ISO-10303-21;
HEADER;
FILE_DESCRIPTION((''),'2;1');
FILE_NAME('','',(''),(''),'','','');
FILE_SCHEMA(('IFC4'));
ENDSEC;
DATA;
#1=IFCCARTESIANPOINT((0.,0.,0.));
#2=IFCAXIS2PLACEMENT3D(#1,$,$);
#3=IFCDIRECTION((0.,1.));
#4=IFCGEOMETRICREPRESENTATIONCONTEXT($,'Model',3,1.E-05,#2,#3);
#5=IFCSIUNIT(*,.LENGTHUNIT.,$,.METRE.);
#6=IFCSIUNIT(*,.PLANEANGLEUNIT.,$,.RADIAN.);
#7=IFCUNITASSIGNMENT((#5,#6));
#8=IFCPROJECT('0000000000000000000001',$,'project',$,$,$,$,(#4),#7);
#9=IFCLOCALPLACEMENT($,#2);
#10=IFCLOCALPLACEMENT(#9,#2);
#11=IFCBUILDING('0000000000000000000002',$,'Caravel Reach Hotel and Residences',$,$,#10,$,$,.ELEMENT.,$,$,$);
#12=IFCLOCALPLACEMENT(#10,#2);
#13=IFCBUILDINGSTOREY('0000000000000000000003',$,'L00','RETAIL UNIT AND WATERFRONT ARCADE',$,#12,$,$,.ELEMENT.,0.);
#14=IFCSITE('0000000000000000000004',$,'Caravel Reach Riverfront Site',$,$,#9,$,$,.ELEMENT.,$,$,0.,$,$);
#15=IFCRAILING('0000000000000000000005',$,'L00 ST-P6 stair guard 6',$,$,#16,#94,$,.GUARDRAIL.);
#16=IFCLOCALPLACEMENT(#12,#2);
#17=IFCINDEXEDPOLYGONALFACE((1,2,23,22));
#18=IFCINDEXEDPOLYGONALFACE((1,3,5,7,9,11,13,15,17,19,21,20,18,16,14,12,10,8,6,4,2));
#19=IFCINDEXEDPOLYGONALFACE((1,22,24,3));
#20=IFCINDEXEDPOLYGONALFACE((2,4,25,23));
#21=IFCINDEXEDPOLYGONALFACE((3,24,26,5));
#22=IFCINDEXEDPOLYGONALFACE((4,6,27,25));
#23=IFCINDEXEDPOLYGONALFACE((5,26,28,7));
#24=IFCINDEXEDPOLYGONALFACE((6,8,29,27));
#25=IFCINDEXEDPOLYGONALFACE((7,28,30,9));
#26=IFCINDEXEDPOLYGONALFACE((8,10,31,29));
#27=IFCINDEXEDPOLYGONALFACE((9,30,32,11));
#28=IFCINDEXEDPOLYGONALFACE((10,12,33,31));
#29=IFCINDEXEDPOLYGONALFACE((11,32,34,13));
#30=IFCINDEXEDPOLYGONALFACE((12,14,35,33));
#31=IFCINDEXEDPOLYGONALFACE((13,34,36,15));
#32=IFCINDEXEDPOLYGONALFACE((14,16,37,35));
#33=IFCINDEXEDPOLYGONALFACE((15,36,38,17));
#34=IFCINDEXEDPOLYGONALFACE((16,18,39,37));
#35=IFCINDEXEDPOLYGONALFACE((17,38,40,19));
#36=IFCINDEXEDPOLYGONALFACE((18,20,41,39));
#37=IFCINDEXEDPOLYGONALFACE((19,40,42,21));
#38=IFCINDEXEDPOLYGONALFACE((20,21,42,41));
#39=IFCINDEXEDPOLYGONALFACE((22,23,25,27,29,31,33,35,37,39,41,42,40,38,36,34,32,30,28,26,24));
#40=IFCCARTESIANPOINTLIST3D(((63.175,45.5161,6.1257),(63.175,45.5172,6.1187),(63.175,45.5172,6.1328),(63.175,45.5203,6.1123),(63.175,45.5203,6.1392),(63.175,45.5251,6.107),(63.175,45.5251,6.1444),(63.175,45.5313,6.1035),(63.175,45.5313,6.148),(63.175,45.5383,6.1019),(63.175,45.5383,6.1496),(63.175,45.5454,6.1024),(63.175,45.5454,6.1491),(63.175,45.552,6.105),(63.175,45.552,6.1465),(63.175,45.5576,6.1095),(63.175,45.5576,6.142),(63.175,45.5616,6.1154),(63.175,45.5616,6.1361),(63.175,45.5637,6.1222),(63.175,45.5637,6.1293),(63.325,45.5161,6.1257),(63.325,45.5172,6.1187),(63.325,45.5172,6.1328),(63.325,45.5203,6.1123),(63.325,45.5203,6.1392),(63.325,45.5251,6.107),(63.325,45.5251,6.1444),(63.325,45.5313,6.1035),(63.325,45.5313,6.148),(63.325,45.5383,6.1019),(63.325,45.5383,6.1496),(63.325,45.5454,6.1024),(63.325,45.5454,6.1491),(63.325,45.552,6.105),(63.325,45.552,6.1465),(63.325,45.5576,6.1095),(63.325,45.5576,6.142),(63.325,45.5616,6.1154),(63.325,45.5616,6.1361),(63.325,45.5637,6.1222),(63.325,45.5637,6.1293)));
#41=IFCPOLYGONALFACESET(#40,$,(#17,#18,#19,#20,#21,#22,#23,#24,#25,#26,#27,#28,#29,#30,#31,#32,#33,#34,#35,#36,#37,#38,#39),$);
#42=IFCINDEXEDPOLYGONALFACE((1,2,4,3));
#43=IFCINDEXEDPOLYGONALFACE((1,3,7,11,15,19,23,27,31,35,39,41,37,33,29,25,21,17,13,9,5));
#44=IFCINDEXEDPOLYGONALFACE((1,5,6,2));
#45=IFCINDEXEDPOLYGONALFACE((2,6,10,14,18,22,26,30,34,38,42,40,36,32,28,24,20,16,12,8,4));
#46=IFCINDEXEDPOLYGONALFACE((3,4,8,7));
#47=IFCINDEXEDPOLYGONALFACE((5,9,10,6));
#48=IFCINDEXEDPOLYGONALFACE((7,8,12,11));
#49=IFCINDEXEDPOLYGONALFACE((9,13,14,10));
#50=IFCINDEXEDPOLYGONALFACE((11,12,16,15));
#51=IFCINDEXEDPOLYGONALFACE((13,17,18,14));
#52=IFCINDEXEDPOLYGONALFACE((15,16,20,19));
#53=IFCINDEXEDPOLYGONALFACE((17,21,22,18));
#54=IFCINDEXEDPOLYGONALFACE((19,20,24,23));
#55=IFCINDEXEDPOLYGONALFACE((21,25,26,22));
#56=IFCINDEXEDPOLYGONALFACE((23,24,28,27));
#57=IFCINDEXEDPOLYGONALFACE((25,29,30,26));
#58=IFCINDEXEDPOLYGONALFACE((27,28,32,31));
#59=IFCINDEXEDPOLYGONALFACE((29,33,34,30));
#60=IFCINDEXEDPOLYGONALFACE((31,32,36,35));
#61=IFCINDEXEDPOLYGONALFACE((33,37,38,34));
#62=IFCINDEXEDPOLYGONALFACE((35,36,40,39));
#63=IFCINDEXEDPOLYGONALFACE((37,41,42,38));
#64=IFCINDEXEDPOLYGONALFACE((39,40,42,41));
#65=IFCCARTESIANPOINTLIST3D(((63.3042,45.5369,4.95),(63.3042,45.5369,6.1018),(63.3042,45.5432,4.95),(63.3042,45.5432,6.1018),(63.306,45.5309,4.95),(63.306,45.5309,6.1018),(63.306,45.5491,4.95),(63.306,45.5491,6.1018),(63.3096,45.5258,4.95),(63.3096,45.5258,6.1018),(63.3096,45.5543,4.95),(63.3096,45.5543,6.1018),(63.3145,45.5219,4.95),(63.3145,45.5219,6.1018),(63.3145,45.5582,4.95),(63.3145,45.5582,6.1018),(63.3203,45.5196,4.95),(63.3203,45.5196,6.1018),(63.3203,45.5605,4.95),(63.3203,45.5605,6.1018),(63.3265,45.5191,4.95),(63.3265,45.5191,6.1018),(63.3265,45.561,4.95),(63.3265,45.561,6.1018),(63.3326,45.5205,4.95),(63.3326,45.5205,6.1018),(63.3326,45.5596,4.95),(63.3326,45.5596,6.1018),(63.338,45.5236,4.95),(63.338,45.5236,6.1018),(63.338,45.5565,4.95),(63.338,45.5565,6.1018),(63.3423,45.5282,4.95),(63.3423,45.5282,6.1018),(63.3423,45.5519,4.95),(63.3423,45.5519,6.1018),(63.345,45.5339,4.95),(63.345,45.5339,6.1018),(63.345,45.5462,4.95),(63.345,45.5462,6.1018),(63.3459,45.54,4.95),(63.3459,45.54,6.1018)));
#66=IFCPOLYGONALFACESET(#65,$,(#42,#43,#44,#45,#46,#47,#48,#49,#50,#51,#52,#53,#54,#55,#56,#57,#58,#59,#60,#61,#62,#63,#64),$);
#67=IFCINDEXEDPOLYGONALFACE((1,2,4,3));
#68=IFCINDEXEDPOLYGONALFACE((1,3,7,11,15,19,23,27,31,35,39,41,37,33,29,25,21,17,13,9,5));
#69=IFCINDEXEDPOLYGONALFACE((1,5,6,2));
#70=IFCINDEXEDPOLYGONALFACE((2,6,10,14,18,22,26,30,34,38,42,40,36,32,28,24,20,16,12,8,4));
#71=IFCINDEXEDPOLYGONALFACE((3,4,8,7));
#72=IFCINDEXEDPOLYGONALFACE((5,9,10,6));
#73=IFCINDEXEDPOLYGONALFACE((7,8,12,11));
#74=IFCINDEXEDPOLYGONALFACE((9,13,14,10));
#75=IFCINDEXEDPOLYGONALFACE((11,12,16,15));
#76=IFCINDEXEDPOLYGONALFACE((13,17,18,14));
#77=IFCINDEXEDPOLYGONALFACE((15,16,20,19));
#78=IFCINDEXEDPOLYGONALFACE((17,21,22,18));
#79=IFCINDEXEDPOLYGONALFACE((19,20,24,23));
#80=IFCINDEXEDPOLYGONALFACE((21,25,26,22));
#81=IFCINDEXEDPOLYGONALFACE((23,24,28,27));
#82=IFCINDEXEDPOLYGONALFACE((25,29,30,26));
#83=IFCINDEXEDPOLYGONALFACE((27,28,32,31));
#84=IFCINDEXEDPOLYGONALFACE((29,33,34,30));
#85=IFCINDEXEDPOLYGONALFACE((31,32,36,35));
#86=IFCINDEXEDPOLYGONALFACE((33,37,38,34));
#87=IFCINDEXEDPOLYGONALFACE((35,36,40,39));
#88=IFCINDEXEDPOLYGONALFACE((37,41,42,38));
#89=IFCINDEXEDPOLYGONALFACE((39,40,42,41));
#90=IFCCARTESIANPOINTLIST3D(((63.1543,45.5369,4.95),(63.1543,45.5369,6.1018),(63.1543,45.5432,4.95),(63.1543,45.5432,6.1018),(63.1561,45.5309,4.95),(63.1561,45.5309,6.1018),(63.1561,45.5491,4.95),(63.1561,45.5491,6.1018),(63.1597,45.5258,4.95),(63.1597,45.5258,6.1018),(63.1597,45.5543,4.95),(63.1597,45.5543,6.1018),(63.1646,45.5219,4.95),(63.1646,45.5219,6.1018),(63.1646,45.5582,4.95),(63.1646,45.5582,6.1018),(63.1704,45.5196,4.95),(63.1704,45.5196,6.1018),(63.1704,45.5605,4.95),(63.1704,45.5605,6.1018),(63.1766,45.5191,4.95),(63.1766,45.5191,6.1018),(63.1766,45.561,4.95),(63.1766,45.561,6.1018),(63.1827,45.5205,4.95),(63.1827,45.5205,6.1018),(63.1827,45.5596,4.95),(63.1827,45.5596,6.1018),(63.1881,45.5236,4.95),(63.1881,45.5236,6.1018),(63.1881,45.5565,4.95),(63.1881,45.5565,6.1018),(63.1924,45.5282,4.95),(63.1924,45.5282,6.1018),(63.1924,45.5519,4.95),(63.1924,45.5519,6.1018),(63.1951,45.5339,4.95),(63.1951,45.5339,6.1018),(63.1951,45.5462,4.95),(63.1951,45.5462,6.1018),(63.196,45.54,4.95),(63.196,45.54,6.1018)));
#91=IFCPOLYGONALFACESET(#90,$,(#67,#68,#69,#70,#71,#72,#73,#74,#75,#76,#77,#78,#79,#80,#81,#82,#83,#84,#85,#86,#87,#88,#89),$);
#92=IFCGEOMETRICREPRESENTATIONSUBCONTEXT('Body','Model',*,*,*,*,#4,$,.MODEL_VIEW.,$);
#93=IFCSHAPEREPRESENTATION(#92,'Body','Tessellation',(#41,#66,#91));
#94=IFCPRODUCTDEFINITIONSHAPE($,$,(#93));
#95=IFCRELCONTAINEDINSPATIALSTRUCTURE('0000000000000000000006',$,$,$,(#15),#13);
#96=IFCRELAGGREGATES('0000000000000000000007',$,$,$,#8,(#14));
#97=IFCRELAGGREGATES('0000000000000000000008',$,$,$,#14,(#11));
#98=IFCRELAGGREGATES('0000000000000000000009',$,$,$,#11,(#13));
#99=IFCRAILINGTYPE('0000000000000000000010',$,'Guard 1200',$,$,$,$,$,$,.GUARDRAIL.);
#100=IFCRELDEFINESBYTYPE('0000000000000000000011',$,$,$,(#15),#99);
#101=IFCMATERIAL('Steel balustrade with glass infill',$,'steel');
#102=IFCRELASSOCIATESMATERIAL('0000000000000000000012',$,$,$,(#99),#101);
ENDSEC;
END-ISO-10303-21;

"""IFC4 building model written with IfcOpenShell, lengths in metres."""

from ifc_helpers import new_model, si_unit, direction, frame, origin, origin_2d, place, context, subcontext, project, spatial, circle, extrude, material, type_object, element, save


model = new_model("IFC4")

# Units and contexts
model_context = context("Model", 3, precision=1e-05, world=origin(), true_north=direction((0.0, 1.0)))
body_context = subcontext(model_context, "Body", "Model", "MODEL_VIEW")
ifc_project = project(units=[si_unit("LENGTHUNIT", "METRE"), si_unit("PLANEANGLEUNIT", "RADIAN")], contexts=[model_context])

# Site, building, storey
site_placement = place(None, origin())
site = spatial("IfcSite", under=ifc_project, at=site_placement, Name="Caravel Reach Riverfront Site", CompositionType="ELEMENT", RefElevation=0.0)
building_placement = place(site_placement, origin())
building = spatial("IfcBuilding", under=site, at=building_placement, Name="Caravel Reach Hotel and Residences", CompositionType="ELEMENT")
storey_placement = place(building_placement, origin())
storey = spatial("IfcBuildingStorey", under=building, at=storey_placement, Name="L00", Description="RETAIL UNIT AND WATERFRONT ARCADE", CompositionType="ELEMENT", Elevation=0.0)

# Railing
ifc_material_1 = material(Name="Steel balustrade with glass infill", Category="steel")
railing_type = type_object("IfcRailingType", Name="Guard 1200", PredefinedType="GUARDRAIL", material=ifc_material_1)
railing_1_placement = place(storey_placement, frame((63.325, 45.54, 4.95)))
element("IfcRailing", 1, at=railing_1_placement, inside=storey, type_object=railing_type, Name="L00 ST-P6 stair guard 6", PredefinedType="GUARDRAIL", context=body_context, shape_type="SweptSolid", body=[
    extrude(circle(Radius=0.0239, at=origin_2d()), frame((0.0, 0.0, 1.1758), z_axis=(-1.0, 0.0, 0.0), x_axis=(0.0, -1.0, 0.0)), (0.0, 0.0, 1.0), 0.1499),
    extrude(circle(Radius=0.021, at=origin_2d()), origin(), (0.0, 0.0, 1.0), 1.1519),
    extrude(circle(Radius=0.021, at=origin_2d()), frame((-0.1499, 0.0, 0.0)), (0.0, 0.0, 1.0), 1.1519),
])

save(model, "model.ifc")
